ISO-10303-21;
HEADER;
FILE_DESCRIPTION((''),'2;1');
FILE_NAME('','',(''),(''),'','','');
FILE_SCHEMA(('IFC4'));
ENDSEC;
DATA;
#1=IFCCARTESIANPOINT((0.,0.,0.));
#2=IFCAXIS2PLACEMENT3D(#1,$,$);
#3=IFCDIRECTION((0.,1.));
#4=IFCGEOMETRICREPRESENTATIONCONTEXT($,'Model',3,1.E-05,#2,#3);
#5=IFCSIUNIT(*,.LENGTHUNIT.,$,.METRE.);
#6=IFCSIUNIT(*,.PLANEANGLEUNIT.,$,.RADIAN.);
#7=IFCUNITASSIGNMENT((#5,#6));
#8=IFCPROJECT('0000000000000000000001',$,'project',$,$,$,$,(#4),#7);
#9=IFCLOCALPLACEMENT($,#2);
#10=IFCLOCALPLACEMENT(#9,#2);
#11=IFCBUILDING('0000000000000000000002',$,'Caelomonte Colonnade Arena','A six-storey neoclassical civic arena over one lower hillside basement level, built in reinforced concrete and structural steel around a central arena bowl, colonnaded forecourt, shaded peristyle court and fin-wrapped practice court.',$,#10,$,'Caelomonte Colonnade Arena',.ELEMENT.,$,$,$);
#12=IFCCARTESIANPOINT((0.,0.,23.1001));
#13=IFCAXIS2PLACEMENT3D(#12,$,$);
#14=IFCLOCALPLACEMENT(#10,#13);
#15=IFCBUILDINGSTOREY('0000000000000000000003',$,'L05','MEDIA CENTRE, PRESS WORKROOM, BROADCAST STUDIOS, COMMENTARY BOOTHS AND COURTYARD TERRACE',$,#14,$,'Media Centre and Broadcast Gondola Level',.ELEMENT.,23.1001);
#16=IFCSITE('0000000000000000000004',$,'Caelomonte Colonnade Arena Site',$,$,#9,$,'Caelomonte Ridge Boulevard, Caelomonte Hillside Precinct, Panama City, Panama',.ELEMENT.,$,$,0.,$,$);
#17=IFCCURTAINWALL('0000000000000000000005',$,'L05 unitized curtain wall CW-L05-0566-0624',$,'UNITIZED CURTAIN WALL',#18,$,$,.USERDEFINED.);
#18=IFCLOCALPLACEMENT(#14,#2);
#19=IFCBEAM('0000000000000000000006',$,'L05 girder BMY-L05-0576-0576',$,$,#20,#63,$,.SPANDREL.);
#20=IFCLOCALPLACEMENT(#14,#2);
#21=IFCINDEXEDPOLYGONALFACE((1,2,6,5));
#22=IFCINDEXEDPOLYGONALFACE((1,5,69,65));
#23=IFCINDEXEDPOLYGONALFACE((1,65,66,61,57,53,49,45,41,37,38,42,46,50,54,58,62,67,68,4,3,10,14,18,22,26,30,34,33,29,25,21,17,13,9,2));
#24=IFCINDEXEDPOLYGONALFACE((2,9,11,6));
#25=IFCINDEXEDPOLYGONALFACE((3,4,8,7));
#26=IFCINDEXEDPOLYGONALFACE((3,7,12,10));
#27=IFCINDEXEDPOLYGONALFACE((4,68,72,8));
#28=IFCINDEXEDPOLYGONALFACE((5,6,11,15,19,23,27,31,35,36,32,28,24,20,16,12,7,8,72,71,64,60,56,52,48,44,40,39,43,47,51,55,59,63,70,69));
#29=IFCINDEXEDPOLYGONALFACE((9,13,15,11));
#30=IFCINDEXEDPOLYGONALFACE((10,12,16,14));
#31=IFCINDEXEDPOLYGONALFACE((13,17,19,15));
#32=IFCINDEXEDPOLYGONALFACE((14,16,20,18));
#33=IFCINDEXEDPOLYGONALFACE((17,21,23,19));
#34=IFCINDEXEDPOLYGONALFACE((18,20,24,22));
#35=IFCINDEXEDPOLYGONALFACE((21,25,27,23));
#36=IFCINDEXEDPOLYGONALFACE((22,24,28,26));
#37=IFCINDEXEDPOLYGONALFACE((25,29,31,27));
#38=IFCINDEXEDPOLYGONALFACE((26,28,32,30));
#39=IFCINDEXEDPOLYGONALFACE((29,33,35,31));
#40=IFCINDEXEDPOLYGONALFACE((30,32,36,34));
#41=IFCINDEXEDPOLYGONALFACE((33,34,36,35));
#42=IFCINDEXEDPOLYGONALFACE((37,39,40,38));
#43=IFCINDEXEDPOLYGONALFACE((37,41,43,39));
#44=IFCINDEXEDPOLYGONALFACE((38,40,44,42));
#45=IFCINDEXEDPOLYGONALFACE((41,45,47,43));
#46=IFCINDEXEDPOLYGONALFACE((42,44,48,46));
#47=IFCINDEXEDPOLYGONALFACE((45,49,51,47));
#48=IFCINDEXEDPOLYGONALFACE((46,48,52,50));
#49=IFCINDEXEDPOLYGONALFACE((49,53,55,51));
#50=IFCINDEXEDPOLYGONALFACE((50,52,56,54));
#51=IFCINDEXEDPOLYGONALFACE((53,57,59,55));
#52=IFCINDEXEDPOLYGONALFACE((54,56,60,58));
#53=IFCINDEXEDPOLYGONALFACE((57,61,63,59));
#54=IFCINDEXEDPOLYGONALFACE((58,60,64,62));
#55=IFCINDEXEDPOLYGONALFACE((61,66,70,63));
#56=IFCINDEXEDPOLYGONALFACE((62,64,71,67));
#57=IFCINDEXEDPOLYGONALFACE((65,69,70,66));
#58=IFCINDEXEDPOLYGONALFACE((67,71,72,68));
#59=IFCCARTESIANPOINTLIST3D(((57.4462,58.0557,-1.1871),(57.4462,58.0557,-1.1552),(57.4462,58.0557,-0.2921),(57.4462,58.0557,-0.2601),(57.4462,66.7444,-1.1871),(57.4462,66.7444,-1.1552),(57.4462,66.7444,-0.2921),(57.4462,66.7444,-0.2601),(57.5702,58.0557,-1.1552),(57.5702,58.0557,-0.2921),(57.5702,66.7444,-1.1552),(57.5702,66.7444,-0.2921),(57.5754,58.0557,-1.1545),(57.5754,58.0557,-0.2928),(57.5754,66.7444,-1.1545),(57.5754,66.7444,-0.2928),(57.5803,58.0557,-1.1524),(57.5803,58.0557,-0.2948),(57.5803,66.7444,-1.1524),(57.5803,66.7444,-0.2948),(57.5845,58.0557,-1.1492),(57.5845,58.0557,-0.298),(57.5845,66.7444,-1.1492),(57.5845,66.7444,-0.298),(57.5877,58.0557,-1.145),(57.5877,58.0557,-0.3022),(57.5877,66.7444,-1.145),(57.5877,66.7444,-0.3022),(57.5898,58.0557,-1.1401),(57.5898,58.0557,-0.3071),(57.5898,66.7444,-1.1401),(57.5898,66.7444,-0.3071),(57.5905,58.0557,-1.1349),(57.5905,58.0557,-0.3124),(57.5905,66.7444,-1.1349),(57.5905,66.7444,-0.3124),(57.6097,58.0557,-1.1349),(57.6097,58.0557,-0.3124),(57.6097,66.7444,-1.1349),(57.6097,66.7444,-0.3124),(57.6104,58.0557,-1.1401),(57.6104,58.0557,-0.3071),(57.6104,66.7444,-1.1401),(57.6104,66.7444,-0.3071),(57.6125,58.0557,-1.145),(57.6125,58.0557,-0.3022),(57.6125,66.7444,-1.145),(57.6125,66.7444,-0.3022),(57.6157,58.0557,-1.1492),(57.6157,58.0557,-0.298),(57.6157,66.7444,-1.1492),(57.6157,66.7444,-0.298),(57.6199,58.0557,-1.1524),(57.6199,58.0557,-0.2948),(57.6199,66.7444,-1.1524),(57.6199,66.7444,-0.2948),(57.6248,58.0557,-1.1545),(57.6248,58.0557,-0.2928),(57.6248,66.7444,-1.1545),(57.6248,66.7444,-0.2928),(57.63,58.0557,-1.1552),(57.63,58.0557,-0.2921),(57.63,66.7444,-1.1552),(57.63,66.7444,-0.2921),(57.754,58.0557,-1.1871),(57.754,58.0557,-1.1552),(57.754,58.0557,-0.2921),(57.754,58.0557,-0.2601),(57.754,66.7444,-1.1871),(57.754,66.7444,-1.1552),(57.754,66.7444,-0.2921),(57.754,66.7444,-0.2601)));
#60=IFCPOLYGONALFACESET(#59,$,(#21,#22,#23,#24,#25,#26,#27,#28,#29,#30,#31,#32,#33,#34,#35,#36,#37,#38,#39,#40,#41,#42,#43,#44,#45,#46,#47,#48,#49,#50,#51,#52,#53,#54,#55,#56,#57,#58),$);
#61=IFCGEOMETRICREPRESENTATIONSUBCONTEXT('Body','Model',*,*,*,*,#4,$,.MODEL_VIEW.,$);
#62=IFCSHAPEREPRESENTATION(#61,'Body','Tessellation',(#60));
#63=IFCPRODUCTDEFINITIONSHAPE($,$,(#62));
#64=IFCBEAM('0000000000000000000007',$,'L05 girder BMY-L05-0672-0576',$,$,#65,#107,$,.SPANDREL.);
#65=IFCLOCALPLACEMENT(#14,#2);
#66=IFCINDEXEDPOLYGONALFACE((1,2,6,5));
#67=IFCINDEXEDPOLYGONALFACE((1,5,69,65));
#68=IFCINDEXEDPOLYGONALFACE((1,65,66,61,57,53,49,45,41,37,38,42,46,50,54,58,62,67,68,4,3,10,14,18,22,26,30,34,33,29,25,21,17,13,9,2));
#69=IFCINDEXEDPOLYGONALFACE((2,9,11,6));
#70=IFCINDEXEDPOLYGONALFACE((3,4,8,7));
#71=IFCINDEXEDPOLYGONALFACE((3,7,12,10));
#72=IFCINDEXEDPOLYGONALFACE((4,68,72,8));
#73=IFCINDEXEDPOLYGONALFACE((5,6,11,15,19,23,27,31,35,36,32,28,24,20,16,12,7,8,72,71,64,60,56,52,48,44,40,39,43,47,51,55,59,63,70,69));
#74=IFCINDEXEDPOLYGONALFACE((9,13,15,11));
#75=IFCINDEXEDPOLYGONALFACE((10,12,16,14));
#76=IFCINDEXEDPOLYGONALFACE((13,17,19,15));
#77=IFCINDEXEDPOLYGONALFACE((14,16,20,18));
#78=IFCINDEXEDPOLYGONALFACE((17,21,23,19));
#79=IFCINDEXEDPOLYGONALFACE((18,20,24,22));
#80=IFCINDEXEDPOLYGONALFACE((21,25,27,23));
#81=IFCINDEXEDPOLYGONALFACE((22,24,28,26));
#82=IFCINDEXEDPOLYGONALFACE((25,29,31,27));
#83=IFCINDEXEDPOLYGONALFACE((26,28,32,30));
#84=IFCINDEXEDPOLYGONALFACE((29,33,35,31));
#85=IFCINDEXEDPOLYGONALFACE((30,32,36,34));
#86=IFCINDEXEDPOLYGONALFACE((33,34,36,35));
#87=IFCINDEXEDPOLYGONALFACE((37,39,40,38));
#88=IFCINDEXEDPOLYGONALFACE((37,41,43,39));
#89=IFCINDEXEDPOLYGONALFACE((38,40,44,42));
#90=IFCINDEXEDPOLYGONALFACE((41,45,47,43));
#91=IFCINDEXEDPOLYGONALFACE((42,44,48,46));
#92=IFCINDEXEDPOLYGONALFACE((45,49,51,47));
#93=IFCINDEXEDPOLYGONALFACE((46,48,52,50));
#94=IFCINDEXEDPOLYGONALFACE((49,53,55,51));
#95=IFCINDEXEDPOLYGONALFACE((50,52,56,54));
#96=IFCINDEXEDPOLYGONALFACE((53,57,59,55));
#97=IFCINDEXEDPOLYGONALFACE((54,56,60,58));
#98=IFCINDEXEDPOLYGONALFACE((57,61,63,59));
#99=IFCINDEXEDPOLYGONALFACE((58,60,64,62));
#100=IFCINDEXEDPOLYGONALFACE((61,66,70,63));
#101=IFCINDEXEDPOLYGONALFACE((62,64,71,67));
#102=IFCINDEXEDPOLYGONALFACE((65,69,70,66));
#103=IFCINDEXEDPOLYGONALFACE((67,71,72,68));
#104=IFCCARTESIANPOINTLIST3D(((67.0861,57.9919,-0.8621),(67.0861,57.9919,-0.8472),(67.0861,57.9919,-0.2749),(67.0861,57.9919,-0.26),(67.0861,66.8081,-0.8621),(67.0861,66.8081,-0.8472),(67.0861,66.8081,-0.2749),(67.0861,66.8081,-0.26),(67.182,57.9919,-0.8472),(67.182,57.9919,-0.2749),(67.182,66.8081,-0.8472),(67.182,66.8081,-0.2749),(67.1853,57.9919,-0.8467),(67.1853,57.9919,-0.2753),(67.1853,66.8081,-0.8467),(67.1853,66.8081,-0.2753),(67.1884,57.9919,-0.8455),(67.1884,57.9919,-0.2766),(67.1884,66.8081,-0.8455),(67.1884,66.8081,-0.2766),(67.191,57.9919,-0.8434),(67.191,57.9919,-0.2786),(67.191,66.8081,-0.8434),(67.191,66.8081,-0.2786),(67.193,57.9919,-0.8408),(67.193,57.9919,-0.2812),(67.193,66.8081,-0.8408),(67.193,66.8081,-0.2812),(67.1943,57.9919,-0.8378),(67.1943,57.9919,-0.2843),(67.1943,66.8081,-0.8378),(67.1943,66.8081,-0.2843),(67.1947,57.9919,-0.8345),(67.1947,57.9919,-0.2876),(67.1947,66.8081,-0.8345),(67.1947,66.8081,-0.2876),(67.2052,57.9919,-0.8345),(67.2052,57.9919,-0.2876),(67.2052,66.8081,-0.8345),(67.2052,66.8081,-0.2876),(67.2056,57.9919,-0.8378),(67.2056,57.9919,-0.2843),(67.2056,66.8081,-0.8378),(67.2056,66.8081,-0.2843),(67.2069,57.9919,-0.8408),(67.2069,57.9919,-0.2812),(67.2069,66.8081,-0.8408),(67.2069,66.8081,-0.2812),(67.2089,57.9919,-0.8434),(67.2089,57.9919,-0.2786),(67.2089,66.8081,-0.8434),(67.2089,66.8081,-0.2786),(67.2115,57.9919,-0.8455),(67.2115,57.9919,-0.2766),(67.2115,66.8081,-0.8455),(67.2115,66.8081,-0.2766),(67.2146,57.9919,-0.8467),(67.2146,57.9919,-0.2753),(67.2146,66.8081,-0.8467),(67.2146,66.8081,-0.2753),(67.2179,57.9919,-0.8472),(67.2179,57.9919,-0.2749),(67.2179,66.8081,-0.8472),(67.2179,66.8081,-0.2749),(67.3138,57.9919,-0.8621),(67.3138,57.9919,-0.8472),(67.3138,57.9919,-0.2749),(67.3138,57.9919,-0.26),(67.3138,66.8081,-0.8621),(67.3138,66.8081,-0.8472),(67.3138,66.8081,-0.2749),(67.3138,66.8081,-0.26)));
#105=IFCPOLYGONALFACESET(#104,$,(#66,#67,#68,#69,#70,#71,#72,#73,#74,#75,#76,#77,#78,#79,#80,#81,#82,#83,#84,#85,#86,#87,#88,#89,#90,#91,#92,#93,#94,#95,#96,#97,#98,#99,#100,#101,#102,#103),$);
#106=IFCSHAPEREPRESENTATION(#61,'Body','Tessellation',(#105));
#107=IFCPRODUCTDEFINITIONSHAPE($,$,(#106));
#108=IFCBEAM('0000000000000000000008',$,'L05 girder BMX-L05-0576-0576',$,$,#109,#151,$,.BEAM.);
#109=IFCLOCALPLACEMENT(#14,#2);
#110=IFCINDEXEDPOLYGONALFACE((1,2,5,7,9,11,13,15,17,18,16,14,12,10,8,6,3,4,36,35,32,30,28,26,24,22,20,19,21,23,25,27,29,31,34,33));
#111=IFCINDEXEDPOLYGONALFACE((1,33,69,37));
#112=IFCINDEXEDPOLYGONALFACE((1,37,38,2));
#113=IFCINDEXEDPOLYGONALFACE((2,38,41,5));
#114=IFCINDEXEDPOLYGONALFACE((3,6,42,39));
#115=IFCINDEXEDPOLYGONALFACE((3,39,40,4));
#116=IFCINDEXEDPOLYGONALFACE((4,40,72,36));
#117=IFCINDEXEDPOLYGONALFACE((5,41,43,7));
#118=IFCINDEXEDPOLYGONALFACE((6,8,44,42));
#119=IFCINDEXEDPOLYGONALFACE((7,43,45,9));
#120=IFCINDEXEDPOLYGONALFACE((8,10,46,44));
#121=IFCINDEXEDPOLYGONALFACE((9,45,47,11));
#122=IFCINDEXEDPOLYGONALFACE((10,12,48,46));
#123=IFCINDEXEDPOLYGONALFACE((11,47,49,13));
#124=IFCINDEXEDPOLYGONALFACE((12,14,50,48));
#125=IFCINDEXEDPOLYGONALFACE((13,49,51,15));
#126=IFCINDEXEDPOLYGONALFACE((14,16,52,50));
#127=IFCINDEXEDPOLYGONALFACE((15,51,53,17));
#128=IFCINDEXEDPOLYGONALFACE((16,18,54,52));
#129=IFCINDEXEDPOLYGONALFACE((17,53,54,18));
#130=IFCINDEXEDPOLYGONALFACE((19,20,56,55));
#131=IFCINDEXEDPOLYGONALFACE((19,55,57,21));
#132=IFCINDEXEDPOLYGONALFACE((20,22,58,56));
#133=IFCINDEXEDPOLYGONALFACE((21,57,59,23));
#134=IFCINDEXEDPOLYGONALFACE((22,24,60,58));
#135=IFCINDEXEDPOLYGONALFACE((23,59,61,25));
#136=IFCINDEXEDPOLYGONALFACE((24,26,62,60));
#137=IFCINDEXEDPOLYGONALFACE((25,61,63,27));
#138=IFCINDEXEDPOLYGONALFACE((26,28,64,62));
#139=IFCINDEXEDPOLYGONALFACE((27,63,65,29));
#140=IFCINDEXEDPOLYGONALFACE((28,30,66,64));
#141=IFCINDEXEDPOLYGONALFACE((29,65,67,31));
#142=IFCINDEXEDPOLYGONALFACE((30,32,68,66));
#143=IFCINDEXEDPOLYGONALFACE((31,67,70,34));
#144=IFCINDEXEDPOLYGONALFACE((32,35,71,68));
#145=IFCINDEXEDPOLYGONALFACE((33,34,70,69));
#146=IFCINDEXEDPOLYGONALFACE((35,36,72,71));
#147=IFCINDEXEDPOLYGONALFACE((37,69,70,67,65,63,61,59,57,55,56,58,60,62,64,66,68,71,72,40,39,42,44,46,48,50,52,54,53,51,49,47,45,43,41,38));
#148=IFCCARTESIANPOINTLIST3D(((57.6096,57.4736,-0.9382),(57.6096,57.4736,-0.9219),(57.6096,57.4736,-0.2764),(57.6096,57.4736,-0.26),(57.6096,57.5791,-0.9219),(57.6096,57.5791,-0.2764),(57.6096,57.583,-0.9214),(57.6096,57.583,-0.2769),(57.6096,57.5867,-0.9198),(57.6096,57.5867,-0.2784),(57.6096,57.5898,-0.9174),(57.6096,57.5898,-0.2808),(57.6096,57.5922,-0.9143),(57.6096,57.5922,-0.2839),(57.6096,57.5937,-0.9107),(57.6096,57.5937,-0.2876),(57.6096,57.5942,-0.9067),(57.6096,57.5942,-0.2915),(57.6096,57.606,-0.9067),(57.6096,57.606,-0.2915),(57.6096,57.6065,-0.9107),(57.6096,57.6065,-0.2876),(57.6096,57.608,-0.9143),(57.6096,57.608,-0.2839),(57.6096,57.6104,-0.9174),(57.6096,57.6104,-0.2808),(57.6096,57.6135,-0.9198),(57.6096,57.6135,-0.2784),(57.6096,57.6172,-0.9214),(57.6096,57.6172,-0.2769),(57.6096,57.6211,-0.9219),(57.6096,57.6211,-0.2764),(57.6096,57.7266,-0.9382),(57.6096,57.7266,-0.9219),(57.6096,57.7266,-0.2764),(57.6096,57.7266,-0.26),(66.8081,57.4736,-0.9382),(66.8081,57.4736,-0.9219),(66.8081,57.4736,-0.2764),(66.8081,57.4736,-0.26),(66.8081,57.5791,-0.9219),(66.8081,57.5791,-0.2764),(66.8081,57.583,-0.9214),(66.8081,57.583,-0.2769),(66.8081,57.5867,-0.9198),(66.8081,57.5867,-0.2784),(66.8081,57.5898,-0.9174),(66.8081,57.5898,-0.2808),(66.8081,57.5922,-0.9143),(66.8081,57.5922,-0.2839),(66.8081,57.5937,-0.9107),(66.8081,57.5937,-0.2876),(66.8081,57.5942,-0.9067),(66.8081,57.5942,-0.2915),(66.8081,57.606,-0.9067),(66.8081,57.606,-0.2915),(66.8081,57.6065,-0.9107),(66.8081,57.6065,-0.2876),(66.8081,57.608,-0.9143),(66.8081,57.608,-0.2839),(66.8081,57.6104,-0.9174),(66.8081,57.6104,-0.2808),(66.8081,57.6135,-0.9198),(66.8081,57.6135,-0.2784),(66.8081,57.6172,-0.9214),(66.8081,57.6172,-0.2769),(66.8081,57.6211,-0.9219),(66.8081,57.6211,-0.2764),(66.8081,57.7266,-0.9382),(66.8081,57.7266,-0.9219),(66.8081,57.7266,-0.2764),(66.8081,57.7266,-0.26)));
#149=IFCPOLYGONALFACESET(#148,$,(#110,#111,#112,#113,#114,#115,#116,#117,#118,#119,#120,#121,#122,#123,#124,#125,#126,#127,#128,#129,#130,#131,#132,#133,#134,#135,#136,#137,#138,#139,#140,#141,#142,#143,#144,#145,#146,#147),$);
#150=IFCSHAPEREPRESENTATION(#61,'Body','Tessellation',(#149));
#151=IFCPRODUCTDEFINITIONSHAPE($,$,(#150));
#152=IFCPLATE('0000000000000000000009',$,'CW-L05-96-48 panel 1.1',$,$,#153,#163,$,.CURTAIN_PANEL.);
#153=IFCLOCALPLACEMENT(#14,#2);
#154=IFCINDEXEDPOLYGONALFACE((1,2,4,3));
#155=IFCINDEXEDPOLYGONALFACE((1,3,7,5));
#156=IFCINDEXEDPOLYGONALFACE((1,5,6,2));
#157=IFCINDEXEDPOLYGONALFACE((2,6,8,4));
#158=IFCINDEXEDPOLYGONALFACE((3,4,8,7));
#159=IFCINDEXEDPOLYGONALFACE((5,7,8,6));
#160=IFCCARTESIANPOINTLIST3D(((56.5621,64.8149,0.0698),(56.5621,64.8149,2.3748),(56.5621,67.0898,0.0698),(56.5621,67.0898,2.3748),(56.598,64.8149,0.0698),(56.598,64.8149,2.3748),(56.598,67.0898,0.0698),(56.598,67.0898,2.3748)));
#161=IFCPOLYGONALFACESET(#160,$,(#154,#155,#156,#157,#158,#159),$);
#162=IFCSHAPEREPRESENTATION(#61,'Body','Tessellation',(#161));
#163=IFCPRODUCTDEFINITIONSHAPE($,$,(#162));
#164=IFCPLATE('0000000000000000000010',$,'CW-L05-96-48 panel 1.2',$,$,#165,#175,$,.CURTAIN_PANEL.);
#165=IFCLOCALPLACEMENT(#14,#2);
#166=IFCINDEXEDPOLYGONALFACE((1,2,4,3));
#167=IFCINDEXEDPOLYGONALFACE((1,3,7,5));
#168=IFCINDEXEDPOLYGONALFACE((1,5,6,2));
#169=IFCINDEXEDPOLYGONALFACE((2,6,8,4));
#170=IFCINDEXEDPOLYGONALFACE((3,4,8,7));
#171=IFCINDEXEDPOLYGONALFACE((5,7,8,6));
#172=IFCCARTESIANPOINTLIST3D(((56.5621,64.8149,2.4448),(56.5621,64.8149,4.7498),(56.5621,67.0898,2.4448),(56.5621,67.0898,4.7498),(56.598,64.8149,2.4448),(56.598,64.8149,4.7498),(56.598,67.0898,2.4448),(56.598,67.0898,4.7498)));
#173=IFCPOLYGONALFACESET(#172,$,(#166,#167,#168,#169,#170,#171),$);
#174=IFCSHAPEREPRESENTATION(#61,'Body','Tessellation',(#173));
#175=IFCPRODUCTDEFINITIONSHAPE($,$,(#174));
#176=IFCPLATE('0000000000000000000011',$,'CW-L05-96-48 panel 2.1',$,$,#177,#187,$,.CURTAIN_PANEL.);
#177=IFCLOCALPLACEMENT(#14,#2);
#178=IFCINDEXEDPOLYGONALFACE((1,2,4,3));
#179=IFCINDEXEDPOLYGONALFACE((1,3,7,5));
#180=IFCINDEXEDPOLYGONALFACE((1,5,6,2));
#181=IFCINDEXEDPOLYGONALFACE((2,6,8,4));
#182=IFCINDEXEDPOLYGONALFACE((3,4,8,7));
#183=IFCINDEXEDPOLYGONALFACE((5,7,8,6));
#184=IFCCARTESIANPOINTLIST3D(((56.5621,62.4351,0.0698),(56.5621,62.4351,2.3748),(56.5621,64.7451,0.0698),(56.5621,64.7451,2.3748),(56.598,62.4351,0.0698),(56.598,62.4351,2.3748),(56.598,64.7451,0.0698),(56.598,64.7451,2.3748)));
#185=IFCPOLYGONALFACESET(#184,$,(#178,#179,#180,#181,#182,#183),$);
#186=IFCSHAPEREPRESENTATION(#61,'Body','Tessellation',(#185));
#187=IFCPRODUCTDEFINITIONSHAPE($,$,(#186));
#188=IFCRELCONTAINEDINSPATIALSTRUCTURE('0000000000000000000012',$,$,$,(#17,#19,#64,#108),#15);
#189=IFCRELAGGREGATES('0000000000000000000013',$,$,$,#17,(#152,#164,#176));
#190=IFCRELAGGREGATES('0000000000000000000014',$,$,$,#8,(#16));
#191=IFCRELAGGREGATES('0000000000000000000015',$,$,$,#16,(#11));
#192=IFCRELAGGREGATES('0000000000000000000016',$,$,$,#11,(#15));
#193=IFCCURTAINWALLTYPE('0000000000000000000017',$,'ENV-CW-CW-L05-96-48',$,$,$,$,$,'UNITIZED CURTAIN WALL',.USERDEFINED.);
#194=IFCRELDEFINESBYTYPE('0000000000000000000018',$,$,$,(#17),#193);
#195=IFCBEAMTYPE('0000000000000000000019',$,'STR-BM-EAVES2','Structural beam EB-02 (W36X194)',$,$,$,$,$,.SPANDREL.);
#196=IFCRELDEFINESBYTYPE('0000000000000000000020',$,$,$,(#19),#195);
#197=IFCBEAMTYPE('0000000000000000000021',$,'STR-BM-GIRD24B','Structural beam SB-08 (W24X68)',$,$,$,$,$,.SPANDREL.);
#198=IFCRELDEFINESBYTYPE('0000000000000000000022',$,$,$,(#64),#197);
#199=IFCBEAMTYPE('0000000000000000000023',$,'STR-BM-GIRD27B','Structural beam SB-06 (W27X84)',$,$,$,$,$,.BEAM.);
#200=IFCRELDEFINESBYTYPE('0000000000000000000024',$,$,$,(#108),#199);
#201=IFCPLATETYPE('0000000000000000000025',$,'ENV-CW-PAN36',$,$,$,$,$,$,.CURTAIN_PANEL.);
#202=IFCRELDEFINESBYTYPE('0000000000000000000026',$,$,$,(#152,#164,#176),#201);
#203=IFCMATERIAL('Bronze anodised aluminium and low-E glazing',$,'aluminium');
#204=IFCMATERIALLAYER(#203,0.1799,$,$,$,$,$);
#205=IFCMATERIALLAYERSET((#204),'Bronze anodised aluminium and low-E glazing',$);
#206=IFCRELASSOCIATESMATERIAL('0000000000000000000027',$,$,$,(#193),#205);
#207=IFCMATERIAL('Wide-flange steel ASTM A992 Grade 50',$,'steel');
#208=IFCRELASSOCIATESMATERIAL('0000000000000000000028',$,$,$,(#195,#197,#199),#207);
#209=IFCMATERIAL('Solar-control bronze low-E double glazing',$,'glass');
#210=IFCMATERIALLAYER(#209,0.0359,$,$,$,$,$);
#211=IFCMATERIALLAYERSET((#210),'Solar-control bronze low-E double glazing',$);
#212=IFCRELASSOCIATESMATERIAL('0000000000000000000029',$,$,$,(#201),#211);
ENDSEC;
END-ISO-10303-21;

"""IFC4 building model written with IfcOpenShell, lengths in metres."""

from ifc_helpers import new_model, si_unit, direction, frame, origin, origin_2d, place, context, subcontext, project, spatial, rectangle, i_section, extrude, material, layer, layer_set, material_profile, profile_set, type_object, element, aggregate, save


model = new_model("IFC4")

# Units and contexts
model_context = context("Model", 3, precision=1e-05, world=origin(), true_north=direction((0.0, 1.0)))
body_context = subcontext(model_context, "Body", "Model", "MODEL_VIEW")
ifc_project = project(units=[si_unit("LENGTHUNIT", "METRE"), si_unit("PLANEANGLEUNIT", "RADIAN")], contexts=[model_context])

# Site, building, storey
site_placement = place(None, origin())
site = spatial("IfcSite", under=ifc_project, at=site_placement, Name="Caelomonte Colonnade Arena Site", LongName="Caelomonte Ridge Boulevard, Caelomonte Hillside Precinct, Panama City, Panama", CompositionType="ELEMENT", RefElevation=0.0)
building_placement = place(site_placement, origin())
building = spatial("IfcBuilding", under=site, at=building_placement, Name="Caelomonte Colonnade Arena", Description="A six-storey neoclassical civic arena over one lower hillside basement level, built in reinforced concrete and structural steel around a central arena bowl, colonnaded forecourt, shaded peristyle court and fin-wrapped practice court.", LongName="Caelomonte Colonnade Arena", CompositionType="ELEMENT")
storey_placement = place(building_placement, frame((0.0, 0.0, 23.1001)))
storey = spatial("IfcBuildingStorey", under=building, at=storey_placement, Name="L05", Description="MEDIA CENTRE, PRESS WORKROOM, BROADCAST STUDIOS, COMMENTARY BOOTHS AND COURTYARD TERRACE", LongName="Media Centre and Broadcast Gondola Level", CompositionType="ELEMENT", Elevation=23.1001)

# Shared definitions
ifc_material_1 = material(Name="Wide-flange steel ASTM A992 Grade 50", Category="steel")

# Curtain wall
ifc_material_2 = material(Name="Bronze anodised aluminium and low-E glazing", Category="aluminium")
ifc_layer_1 = layer(ifc_material_2, 0.1799)
ifc_layer_set_1 = layer_set([ifc_layer_1], Name="Bronze anodised aluminium and low-E glazing")
curtain_wall_type = type_object("IfcCurtainWallType", Name="ENV-CW-CW-L05-96-48", ElementType="UNITIZED CURTAIN WALL", PredefinedType="USERDEFINED", material=ifc_layer_set_1)
curtain_wall_placement = place(storey_placement, origin())
curtain_wall = element("IfcCurtainWall", 1, at=curtain_wall_placement, inside=storey, type_object=curtain_wall_type, Name="L05 unitized curtain wall CW-L05-0566-0624", ObjectType="UNITIZED CURTAIN WALL", PredefinedType="USERDEFINED")

# Beams
ifc_material_profile_1 = material_profile(ifc_material_1, i_section(OverallWidth=0.3079, OverallDepth=0.927, WebThickness=0.0193, FlangeThickness=0.032, FilletRadius=0.0203, at=origin_2d()), Name="W36X194")
ifc_profile_set_1 = profile_set([ifc_material_profile_1], Name="Wide-flange steel ASTM A992 Grade 50")
beam_type_1 = type_object("IfcBeamType", Name="STR-BM-EAVES2", Description="Structural beam EB-02 (W36X194)", PredefinedType="SPANDREL", material=ifc_profile_set_1)
beam_1_placement = place(storey_placement, frame((57.6001, 58.0557, -0.7236), z_axis=(0.0, 1.0, 0.0), x_axis=(-1.0, 0.0, 0.0)))
element("IfcBeam", 2, at=beam_1_placement, inside=storey, type_object=beam_type_1, Name="L05 girder BMY-L05-0576-0576", PredefinedType="SPANDREL", context=body_context, shape_type="SweptSolid", body=[
    extrude(i_section(OverallWidth=0.3079, OverallDepth=0.927, WebThickness=0.0193, FlangeThickness=0.032, FilletRadius=0.0203, at=origin_2d()), origin(), (0.0, 0.0, 1.0), 8.6887),
])
ifc_material_profile_2 = material_profile(ifc_material_1, i_section(OverallWidth=0.2278, OverallDepth=0.6021, WebThickness=0.0105, FlangeThickness=0.0149, FilletRadius=0.0127, at=origin_2d()), Name="W24X68")
ifc_profile_set_2 = profile_set([ifc_material_profile_2], Name="Wide-flange steel ASTM A992 Grade 50")
beam_type_2 = type_object("IfcBeamType", Name="STR-BM-GIRD24B", Description="Structural beam SB-08 (W24X68)", PredefinedType="SPANDREL", material=ifc_profile_set_2)
beam_2_placement = place(storey_placement, frame((67.2, 57.9919, -0.561), z_axis=(0.0, 1.0, 0.0), x_axis=(-1.0, 0.0, 0.0)))
element("IfcBeam", 3, at=beam_2_placement, inside=storey, type_object=beam_type_2, Name="L05 girder BMY-L05-0672-0576", PredefinedType="SPANDREL", context=body_context, shape_type="SweptSolid", body=[
    extrude(i_section(OverallWidth=0.2278, OverallDepth=0.6021, WebThickness=0.0105, FlangeThickness=0.0149, FilletRadius=0.0127, at=origin_2d()), origin(), (0.0, 0.0, 1.0), 8.8162),
])
ifc_material_profile_3 = material_profile(ifc_material_1, i_section(OverallWidth=0.2529, OverallDepth=0.6782, WebThickness=0.0117, FlangeThickness=0.0164, FilletRadius=0.0151, at=origin_2d()), Name="W27X84")
ifc_profile_set_3 = profile_set([ifc_material_profile_3], Name="Wide-flange steel ASTM A992 Grade 50")
beam_type_3 = type_object("IfcBeamType", Name="STR-BM-GIRD27B", Description="Structural beam SB-06 (W27X84)", PredefinedType="BEAM", material=ifc_profile_set_3)
beam_3_placement = place(storey_placement, frame((57.6096, 57.6001, -0.5991), z_axis=(1.0, 0.0, 0.0), x_axis=(0.0, 1.0, 0.0)))
element("IfcBeam", 4, at=beam_3_placement, inside=storey, type_object=beam_type_3, Name="L05 girder BMX-L05-0576-0576", PredefinedType="BEAM", context=body_context, shape_type="SweptSolid", body=[
    extrude(i_section(OverallWidth=0.2529, OverallDepth=0.6782, WebThickness=0.0117, FlangeThickness=0.0164, FilletRadius=0.0151, at=origin_2d()), origin(), (0.0, 0.0, 1.0), 9.1985),
])

# Plates
ifc_material_3 = material(Name="Solar-control bronze low-E double glazing", Category="glass")
ifc_layer_2 = layer(ifc_material_3, 0.0359)
ifc_layer_set_2 = layer_set([ifc_layer_2], Name="Solar-control bronze low-E double glazing")
plate_type = type_object("IfcPlateType", Name="ENV-CW-PAN36", PredefinedType="CURTAIN_PANEL", material=ifc_layer_set_2)
plate_1_placement = place(storey_placement, frame((56.5801, 65.9524, 0.0698), z_axis=(0.0, 0.0, 1.0), x_axis=(0.0, -1.0, 0.0)))
plate_1 = element("IfcPlate", 5, at=plate_1_placement, type_object=plate_type, Name="CW-L05-96-48 panel 1.1", PredefinedType="CURTAIN_PANEL", context=body_context, shape_type="SweptSolid", body=[
    extrude(rectangle(XDim=2.2749, YDim=0.0359, at=origin_2d()), origin(), (0.0, 0.0, 1.0), 2.3049),
])
plate_2_placement = place(storey_placement, frame((56.5801, 65.9524, 2.4448), z_axis=(0.0, 0.0, 1.0), x_axis=(0.0, -1.0, 0.0)))
plate_2 = element("IfcPlate", 6, at=plate_2_placement, type_object=plate_type, Name="CW-L05-96-48 panel 1.2", PredefinedType="CURTAIN_PANEL", context=body_context, shape_type="SweptSolid", body=[
    extrude(rectangle(XDim=2.2749, YDim=0.0359, at=origin_2d()), origin(), (0.0, 0.0, 1.0), 2.3049),
])
plate_3_placement = place(storey_placement, frame((56.5801, 63.5901, 0.0698), z_axis=(0.0, 0.0, 1.0), x_axis=(0.0, -1.0, 0.0)))
plate_3 = element("IfcPlate", 7, at=plate_3_placement, type_object=plate_type, Name="CW-L05-96-48 panel 2.1", PredefinedType="CURTAIN_PANEL", context=body_context, shape_type="SweptSolid", body=[
    extrude(rectangle(XDim=2.3101, YDim=0.0359, at=origin_2d()), origin(), (0.0, 0.0, 1.0), 2.3049),
])
aggregate(curtain_wall, [plate_1, plate_2, plate_3])

save(model, "model.ifc")
